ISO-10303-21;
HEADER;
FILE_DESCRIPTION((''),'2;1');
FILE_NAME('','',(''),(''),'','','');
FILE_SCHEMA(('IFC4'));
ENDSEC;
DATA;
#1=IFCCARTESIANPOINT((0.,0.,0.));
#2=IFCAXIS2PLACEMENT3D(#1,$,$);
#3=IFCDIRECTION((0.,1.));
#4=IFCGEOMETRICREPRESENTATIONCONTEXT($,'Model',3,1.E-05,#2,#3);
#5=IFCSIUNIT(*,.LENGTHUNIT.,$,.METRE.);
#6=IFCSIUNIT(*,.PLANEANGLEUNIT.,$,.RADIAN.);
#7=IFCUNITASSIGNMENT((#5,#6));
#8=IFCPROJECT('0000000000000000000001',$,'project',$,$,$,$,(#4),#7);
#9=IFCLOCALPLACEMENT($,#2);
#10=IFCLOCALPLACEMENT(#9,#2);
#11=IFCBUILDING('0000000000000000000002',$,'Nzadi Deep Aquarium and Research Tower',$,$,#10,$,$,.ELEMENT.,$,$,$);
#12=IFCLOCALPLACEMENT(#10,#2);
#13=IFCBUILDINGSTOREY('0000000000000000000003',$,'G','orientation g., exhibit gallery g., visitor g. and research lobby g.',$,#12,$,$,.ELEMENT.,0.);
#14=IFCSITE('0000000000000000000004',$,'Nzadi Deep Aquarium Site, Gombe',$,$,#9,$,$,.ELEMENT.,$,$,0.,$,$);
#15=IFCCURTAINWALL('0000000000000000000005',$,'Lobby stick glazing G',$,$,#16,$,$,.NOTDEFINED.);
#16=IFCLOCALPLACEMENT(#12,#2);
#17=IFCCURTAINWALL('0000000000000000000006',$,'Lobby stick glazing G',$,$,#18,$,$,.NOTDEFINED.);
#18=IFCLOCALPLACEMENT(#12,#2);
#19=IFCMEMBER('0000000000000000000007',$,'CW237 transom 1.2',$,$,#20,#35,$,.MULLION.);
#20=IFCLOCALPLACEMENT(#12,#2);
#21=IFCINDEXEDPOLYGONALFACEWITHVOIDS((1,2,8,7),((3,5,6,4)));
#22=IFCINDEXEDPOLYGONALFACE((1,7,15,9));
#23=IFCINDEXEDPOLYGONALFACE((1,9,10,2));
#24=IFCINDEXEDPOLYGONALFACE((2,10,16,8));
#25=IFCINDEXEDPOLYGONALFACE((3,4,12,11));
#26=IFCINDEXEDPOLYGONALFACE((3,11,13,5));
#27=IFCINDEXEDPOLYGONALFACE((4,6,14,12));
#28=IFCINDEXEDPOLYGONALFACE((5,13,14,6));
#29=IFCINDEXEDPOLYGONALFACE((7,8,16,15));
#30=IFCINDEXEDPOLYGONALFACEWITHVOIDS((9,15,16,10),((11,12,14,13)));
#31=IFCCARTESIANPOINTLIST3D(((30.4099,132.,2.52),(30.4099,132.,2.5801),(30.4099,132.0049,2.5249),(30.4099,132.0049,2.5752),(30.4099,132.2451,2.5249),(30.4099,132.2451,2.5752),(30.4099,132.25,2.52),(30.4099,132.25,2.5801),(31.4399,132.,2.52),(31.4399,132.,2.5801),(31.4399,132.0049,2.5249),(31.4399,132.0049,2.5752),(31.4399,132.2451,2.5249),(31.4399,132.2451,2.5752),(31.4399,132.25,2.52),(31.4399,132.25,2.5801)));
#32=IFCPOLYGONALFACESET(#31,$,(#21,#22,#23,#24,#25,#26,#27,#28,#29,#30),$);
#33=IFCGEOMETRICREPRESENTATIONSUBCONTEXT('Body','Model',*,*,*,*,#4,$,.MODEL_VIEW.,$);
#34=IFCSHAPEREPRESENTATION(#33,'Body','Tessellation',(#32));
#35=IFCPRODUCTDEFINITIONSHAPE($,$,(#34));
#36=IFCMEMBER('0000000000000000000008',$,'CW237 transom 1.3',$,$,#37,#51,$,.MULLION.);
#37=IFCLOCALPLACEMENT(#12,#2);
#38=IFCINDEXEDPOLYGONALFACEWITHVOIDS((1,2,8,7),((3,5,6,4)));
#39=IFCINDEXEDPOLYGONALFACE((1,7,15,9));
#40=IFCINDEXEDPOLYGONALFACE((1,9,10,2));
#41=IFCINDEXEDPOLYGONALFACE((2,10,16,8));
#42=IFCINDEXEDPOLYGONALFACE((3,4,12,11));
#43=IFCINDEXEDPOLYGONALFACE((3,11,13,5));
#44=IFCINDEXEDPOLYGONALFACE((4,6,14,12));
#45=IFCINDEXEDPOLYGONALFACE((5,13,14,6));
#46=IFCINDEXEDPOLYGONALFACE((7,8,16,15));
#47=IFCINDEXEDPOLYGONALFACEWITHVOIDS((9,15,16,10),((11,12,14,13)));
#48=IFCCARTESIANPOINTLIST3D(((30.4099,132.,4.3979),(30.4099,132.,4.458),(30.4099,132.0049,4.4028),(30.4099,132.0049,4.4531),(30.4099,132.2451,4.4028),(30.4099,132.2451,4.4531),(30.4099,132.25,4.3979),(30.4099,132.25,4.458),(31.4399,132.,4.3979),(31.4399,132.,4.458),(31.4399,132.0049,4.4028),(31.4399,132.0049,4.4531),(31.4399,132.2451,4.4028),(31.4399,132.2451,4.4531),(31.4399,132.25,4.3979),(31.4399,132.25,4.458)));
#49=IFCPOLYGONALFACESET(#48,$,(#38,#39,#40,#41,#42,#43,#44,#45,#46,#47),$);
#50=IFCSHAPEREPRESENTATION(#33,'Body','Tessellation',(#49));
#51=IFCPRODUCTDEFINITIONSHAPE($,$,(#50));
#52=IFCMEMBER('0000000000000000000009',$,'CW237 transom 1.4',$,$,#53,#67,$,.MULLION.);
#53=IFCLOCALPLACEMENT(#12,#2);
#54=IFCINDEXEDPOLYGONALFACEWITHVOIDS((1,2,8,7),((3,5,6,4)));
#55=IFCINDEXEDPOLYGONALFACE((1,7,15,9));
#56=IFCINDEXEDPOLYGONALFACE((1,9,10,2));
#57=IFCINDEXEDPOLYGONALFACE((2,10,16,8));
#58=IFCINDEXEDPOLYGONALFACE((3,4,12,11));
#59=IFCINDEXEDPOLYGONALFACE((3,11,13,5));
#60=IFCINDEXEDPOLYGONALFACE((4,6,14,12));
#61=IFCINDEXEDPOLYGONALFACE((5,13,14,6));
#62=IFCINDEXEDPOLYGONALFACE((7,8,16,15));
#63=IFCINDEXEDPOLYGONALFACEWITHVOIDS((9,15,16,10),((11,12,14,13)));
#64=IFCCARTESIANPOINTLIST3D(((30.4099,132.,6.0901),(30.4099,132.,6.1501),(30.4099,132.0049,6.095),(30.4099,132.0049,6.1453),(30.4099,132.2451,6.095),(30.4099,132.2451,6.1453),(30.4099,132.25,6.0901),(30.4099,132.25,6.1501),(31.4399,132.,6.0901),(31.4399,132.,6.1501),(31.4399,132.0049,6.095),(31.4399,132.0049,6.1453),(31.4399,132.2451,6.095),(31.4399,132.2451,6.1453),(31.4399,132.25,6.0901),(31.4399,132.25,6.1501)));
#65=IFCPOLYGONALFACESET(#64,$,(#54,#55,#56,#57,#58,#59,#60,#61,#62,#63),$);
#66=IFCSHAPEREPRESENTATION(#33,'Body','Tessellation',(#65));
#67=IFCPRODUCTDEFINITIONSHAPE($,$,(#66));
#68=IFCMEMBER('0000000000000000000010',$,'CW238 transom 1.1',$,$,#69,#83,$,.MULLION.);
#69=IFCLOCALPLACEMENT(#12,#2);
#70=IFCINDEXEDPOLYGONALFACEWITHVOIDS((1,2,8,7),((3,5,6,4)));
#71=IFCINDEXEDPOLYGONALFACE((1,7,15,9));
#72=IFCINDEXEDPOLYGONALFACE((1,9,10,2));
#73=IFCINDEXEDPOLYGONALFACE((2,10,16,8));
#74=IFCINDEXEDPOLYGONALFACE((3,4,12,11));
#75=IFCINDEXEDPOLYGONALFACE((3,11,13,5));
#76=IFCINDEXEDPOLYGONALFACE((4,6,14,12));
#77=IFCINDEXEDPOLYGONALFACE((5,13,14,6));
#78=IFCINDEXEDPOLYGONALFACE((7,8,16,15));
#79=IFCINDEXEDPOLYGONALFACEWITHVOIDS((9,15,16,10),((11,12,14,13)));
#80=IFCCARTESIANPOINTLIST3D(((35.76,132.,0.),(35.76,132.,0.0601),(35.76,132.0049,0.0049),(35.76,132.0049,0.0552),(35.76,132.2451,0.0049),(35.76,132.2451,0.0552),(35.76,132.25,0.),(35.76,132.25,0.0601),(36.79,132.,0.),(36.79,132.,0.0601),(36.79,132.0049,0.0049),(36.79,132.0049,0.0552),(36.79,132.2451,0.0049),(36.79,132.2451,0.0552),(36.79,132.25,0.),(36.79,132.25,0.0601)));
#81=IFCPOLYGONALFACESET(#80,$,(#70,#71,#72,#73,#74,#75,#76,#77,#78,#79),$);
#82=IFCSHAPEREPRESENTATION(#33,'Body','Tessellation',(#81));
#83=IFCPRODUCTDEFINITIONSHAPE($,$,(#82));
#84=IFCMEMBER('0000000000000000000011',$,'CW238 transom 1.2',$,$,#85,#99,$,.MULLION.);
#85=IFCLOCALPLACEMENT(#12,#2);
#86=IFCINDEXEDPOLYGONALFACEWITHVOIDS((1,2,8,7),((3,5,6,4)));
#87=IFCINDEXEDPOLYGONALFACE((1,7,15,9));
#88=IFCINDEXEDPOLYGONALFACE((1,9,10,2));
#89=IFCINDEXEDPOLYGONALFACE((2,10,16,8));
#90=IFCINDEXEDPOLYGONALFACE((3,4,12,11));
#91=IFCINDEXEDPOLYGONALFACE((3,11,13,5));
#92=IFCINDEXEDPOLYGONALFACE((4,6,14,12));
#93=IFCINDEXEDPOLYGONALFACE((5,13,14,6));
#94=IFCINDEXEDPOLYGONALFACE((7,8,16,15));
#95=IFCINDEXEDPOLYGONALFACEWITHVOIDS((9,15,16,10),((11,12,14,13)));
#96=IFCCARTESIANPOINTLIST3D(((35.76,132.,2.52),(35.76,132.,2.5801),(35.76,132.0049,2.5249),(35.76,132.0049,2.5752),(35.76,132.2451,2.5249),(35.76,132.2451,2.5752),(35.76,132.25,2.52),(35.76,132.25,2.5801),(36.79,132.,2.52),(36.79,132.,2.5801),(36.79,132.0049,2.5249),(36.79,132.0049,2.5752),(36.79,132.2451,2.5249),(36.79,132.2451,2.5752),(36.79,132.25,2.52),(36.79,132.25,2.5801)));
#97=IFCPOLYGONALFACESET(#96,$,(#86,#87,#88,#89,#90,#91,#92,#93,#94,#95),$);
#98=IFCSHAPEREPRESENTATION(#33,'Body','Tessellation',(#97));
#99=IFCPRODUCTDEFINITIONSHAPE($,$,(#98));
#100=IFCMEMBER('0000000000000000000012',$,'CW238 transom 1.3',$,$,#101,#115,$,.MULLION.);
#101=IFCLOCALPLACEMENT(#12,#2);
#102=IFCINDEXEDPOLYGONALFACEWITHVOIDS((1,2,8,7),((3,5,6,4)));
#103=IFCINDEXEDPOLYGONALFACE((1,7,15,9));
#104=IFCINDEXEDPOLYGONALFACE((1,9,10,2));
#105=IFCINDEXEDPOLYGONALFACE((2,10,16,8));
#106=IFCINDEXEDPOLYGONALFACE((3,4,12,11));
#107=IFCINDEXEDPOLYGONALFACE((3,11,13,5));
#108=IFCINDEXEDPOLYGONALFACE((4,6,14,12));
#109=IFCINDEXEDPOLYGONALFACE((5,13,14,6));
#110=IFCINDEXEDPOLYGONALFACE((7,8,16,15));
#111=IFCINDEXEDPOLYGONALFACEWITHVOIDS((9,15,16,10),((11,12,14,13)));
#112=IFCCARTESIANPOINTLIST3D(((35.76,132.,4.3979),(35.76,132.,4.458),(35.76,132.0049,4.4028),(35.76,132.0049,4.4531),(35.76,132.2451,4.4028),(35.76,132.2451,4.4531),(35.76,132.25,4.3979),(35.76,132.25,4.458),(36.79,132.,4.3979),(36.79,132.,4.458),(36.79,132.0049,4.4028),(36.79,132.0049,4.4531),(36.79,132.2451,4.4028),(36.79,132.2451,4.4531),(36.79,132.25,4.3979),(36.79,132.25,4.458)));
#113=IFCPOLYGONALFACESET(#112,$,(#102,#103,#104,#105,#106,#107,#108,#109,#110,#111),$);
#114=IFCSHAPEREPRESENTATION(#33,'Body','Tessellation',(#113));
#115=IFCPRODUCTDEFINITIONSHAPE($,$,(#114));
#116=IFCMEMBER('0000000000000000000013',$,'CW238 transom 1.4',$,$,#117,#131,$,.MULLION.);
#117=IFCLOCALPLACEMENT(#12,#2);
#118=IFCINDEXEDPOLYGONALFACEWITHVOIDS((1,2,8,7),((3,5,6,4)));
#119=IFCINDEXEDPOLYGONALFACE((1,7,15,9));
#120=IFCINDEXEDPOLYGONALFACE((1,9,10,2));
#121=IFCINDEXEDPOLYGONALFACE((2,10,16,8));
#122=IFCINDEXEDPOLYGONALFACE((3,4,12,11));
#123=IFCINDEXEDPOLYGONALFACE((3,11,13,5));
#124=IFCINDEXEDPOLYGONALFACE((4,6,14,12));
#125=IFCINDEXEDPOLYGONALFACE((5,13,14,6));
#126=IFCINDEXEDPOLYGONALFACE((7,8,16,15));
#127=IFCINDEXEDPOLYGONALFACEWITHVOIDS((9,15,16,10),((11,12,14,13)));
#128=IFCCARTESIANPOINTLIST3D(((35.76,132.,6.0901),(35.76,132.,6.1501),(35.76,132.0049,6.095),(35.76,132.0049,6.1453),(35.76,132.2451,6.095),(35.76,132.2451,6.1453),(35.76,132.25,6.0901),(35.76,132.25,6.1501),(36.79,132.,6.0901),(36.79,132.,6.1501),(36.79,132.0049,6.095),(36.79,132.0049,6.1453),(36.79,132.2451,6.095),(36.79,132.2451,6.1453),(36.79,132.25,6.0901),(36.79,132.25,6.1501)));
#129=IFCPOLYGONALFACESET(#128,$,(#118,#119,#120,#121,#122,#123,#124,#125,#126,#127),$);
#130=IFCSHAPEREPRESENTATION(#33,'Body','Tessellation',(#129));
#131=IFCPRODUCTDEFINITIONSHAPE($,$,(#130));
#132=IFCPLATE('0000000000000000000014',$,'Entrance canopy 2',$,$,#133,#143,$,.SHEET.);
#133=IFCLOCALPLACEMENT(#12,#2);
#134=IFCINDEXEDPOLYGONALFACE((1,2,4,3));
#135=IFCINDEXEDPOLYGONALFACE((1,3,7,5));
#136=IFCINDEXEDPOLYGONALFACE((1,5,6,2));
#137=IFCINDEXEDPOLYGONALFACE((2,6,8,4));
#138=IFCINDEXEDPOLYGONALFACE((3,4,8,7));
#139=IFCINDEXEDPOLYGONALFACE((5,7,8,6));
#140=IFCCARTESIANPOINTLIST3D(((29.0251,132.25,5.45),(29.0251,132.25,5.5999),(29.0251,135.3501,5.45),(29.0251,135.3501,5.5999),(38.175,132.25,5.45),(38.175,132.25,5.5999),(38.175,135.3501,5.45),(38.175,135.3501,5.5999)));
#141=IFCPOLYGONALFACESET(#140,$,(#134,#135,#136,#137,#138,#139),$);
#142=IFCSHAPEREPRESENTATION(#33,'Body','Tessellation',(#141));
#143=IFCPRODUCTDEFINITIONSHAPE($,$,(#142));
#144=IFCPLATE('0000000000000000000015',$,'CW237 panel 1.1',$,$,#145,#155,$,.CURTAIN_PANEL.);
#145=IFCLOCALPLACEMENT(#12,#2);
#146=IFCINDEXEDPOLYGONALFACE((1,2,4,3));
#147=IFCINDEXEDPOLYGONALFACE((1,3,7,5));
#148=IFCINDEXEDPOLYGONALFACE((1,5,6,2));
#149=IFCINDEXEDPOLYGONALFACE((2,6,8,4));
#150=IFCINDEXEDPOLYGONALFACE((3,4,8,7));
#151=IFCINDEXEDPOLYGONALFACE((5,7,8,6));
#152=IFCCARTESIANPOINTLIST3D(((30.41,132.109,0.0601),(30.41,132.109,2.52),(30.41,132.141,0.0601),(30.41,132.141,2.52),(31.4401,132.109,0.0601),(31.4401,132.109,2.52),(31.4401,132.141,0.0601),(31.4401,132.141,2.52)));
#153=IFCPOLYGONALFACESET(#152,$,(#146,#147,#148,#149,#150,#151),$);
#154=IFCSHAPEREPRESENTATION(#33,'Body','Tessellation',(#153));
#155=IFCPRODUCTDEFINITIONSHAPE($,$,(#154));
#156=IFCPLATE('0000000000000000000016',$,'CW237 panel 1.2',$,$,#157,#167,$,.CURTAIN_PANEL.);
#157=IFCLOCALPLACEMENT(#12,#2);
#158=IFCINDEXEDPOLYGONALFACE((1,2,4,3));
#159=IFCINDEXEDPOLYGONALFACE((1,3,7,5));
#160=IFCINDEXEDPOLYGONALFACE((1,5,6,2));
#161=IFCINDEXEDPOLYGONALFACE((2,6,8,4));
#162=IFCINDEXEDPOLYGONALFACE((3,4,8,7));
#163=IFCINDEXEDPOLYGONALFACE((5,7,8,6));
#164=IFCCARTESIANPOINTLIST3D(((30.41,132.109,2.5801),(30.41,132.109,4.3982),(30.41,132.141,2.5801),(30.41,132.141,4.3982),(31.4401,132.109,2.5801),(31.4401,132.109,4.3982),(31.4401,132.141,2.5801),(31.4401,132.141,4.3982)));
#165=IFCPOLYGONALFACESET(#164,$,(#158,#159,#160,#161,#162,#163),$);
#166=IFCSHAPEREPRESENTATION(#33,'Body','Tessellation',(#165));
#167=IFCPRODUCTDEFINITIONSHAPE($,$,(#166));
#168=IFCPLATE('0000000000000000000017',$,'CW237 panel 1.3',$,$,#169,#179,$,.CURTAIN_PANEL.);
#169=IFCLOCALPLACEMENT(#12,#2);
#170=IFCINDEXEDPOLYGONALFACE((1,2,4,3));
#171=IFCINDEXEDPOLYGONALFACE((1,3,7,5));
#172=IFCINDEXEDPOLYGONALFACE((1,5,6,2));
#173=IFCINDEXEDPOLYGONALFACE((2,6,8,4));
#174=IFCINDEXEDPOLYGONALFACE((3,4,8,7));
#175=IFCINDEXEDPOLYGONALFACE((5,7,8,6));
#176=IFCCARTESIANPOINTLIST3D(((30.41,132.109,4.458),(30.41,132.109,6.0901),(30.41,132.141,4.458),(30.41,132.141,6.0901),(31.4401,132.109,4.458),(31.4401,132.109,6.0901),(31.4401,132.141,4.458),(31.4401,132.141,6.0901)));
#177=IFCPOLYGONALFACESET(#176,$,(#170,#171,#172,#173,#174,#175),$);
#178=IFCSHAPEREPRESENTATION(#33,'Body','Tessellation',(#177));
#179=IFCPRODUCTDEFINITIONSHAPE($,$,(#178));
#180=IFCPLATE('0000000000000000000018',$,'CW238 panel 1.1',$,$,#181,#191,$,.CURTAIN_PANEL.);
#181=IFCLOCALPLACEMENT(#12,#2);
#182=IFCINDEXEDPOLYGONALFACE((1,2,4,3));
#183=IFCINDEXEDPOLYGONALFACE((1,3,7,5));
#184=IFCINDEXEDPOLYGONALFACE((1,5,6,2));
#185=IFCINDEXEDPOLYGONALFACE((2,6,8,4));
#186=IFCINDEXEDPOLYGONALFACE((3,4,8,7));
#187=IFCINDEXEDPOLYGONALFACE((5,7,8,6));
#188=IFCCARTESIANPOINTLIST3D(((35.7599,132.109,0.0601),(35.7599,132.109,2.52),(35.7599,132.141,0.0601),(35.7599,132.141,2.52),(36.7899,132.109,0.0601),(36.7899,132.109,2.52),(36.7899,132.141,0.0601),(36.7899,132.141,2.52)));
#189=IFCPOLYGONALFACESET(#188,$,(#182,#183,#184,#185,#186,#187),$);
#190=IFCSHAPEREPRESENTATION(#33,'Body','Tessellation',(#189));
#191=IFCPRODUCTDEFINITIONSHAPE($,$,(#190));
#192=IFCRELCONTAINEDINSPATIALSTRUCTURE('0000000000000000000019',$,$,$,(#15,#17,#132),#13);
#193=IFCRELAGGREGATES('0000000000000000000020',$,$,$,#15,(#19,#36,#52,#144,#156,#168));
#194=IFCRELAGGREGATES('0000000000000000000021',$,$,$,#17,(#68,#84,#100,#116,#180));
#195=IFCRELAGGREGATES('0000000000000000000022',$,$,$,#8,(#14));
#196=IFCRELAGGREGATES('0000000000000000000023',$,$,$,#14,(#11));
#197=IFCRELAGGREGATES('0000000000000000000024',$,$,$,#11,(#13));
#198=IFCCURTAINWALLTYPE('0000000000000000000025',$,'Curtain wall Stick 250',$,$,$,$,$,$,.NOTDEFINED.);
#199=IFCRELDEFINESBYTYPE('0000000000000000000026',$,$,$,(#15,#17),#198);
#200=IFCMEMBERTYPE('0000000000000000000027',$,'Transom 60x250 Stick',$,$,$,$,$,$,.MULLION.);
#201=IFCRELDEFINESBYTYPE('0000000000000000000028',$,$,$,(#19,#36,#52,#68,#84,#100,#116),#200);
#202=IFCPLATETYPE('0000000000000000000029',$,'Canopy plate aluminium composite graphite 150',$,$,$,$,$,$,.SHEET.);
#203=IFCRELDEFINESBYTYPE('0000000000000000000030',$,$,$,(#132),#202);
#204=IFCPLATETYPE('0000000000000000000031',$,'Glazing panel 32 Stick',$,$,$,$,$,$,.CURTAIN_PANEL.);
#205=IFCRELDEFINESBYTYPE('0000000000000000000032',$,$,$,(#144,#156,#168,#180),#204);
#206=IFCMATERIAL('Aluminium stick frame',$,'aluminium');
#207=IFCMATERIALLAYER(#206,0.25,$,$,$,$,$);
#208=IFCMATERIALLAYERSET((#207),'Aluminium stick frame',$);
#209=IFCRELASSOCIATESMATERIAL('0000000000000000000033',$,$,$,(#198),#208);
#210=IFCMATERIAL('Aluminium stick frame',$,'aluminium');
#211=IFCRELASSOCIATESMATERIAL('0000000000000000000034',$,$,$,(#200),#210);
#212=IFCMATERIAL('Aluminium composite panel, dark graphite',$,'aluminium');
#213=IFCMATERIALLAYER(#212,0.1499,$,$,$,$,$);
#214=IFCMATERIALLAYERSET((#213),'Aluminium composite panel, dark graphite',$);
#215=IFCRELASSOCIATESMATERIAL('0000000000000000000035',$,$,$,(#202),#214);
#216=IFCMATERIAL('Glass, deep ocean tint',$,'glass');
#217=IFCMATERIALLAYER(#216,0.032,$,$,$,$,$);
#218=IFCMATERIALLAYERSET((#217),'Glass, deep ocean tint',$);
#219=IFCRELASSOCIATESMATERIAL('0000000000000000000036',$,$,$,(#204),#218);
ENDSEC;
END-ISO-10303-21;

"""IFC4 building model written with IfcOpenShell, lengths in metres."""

from ifc_helpers import new_model, si_unit, direction, frame, origin, origin_2d, place, context, subcontext, project, spatial, rectangle, hollow_rectangle, extrude, material, layer, layer_set, material_profile, profile_set, type_object, element, aggregate, save


model = new_model("IFC4")

# Units and contexts
model_context = context("Model", 3, precision=1e-05, world=origin(), true_north=direction((0.0, 1.0)))
body_context = subcontext(model_context, "Body", "Model", "MODEL_VIEW")
ifc_project = project(units=[si_unit("LENGTHUNIT", "METRE"), si_unit("PLANEANGLEUNIT", "RADIAN")], contexts=[model_context])

# Site, building, storey
site_placement = place(None, origin())
site = spatial("IfcSite", under=ifc_project, at=site_placement, Name="Nzadi Deep Aquarium Site, Gombe", CompositionType="ELEMENT", RefElevation=0.0)
building_placement = place(site_placement, origin())
building = spatial("IfcBuilding", under=site, at=building_placement, Name="Nzadi Deep Aquarium and Research Tower", CompositionType="ELEMENT")
storey_placement = place(building_placement, origin())
storey = spatial("IfcBuildingStorey", under=building, at=storey_placement, Name="G", Description="orientation g., exhibit gallery g., visitor g. and research lobby g.", CompositionType="ELEMENT", Elevation=0.0)

# Curtain walls
ifc_material_1 = material(Name="Aluminium stick frame", Category="aluminium")
ifc_layer_1 = layer(ifc_material_1, 0.25)
ifc_layer_set_1 = layer_set([ifc_layer_1], Name="Aluminium stick frame")
curtain_wall_type = type_object("IfcCurtainWallType", Name="Curtain wall Stick 250", PredefinedType="NOTDEFINED", material=ifc_layer_set_1)
curtain_wall_1_placement = place(storey_placement, origin())
curtain_wall_1 = element("IfcCurtainWall", 1, at=curtain_wall_1_placement, inside=storey, type_object=curtain_wall_type, Name="Lobby stick glazing G", PredefinedType="NOTDEFINED")
curtain_wall_2_placement = place(storey_placement, origin())
curtain_wall_2 = element("IfcCurtainWall", 2, at=curtain_wall_2_placement, inside=storey, type_object=curtain_wall_type, Name="Lobby stick glazing G", PredefinedType="NOTDEFINED")

# Members
ifc_material_2 = material(Name="Aluminium stick frame", Category="aluminium")
ifc_material_profile_1 = material_profile(ifc_material_2, hollow_rectangle(XDim=0.25, YDim=0.0601, WallThickness=0.0049, at=origin_2d()))
ifc_profile_set_1 = profile_set([ifc_material_profile_1], Name="Aluminium stick frame")
member_type_1 = type_object("IfcMemberType", Name="Transom 60x250 Stick", PredefinedType="MULLION", material=ifc_profile_set_1)
member_1_placement = place(storey_placement, frame((30.4099, 132.125, 2.55), z_axis=(1.0, 0.0, 0.0), x_axis=(0.0, 1.0, 0.0)))
member_1 = element("IfcMember", 3, at=member_1_placement, type_object=member_type_1, Name="CW237 transom 1.2", PredefinedType="MULLION", context=body_context, shape_type="SweptSolid", body=[
    extrude(hollow_rectangle(XDim=0.25, YDim=0.0601, WallThickness=0.0049, at=origin_2d()), origin(), (0.0, 0.0, 1.0), 1.03),
])
member_2_placement = place(storey_placement, frame((30.4099, 132.125, 4.428), z_axis=(1.0, 0.0, 0.0), x_axis=(0.0, 1.0, 0.0)))
member_2 = element("IfcMember", 4, at=member_2_placement, type_object=member_type_1, Name="CW237 transom 1.3", PredefinedType="MULLION", context=body_context, shape_type="SweptSolid", body=[
    extrude(hollow_rectangle(XDim=0.25, YDim=0.0601, WallThickness=0.0049, at=origin_2d()), origin(), (0.0, 0.0, 1.0), 1.03),
])
member_3_placement = place(storey_placement, frame((30.4099, 132.125, 6.1201), z_axis=(1.0, 0.0, 0.0), x_axis=(0.0, 1.0, 0.0)))
member_3 = element("IfcMember", 5, at=member_3_placement, type_object=member_type_1, Name="CW237 transom 1.4", PredefinedType="MULLION", context=body_context, shape_type="SweptSolid", body=[
    extrude(hollow_rectangle(XDim=0.25, YDim=0.0601, WallThickness=0.0049, at=origin_2d()), origin(), (0.0, 0.0, 1.0), 1.03),
])
member_4_placement = place(storey_placement, frame((35.76, 132.125, 0.03), z_axis=(1.0, 0.0, 0.0), x_axis=(0.0, 1.0, 0.0)))
member_4 = element("IfcMember", 6, at=member_4_placement, type_object=member_type_1, Name="CW238 transom 1.1", PredefinedType="MULLION", context=body_context, shape_type="SweptSolid", body=[
    extrude(hollow_rectangle(XDim=0.25, YDim=0.0601, WallThickness=0.0049, at=origin_2d()), origin(), (0.0, 0.0, 1.0), 1.03),
])
member_5_placement = place(storey_placement, frame((35.76, 132.125, 2.55), z_axis=(1.0, 0.0, 0.0), x_axis=(0.0, 1.0, 0.0)))
member_5 = element("IfcMember", 7, at=member_5_placement, type_object=member_type_1, Name="CW238 transom 1.2", PredefinedType="MULLION", context=body_context, shape_type="SweptSolid", body=[
    extrude(hollow_rectangle(XDim=0.25, YDim=0.0601, WallThickness=0.0049, at=origin_2d()), origin(), (0.0, 0.0, 1.0), 1.03),
])
member_6_placement = place(storey_placement, frame((35.76, 132.125, 4.428), z_axis=(1.0, 0.0, 0.0), x_axis=(0.0, 1.0, 0.0)))
member_6 = element("IfcMember", 8, at=member_6_placement, type_object=member_type_1, Name="CW238 transom 1.3", PredefinedType="MULLION", context=body_context, shape_type="SweptSolid", body=[
    extrude(hollow_rectangle(XDim=0.25, YDim=0.0601, WallThickness=0.0049, at=origin_2d()), origin(), (0.0, 0.0, 1.0), 1.03),
])
member_7_placement = place(storey_placement, frame((35.76, 132.125, 6.1201), z_axis=(1.0, 0.0, 0.0), x_axis=(0.0, 1.0, 0.0)))
member_7 = element("IfcMember", 9, at=member_7_placement, type_object=member_type_1, Name="CW238 transom 1.4", PredefinedType="MULLION", context=body_context, shape_type="SweptSolid", body=[
    extrude(hollow_rectangle(XDim=0.25, YDim=0.0601, WallThickness=0.0049, at=origin_2d()), origin(), (0.0, 0.0, 1.0), 1.03),
])

# Plates
ifc_material_3 = material(Name="Aluminium composite panel, dark graphite", Category="aluminium")
ifc_layer_2 = layer(ifc_material_3, 0.1499)
ifc_layer_set_2 = layer_set([ifc_layer_2], Name="Aluminium composite panel, dark graphite")
plate_type_1 = type_object("IfcPlateType", Name="Canopy plate aluminium composite graphite 150", PredefinedType="SHEET", material=ifc_layer_set_2)
plate_1_placement = place(storey_placement, frame((33.6001, 133.8, 5.45), z_axis=(0.0, 0.0, 1.0), x_axis=(1.0, 0.0, 0.0)))
element("IfcPlate", 10, at=plate_1_placement, inside=storey, type_object=plate_type_1, Name="Entrance canopy 2", PredefinedType="SHEET", context=body_context, shape_type="SweptSolid", body=[
    extrude(rectangle(XDim=9.1499, YDim=3.1001, at=origin_2d()), origin(), (0.0, 0.0, 1.0), 0.1499),
])
ifc_material_4 = material(Name="Glass, deep ocean tint", Category="glass")
ifc_layer_3 = layer(ifc_material_4, 0.032)
ifc_layer_set_3 = layer_set([ifc_layer_3], Name="Glass, deep ocean tint")
plate_type_2 = type_object("IfcPlateType", Name="Glazing panel 32 Stick", PredefinedType="CURTAIN_PANEL", material=ifc_layer_set_3)
plate_2_placement = place(storey_placement, frame((30.925, 132.125, 0.0601), z_axis=(0.0, 0.0, 1.0), x_axis=(1.0, 0.0, 0.0)))
plate_2 = element("IfcPlate", 11, at=plate_2_placement, type_object=plate_type_2, Name="CW237 panel 1.1", PredefinedType="CURTAIN_PANEL", context=body_context, shape_type="SweptSolid", body=[
    extrude(rectangle(XDim=1.03, YDim=0.032, at=origin_2d()), origin(), (0.0, 0.0, 1.0), 2.46),
])
plate_3_placement = place(storey_placement, frame((30.925, 132.125, 2.5801), z_axis=(0.0, 0.0, 1.0), x_axis=(1.0, 0.0, 0.0)))
plate_3 = element("IfcPlate", 12, at=plate_3_placement, type_object=plate_type_2, Name="CW237 panel 1.2", PredefinedType="CURTAIN_PANEL", context=body_context, shape_type="SweptSolid", body=[
    extrude(rectangle(XDim=1.03, YDim=0.032, at=origin_2d()), origin(), (0.0, 0.0, 1.0), 1.8181),
])
plate_4_placement = place(storey_placement, frame((30.925, 132.125, 4.458), z_axis=(0.0, 0.0, 1.0), x_axis=(1.0, 0.0, 0.0)))
plate_4 = element("IfcPlate", 13, at=plate_4_placement, type_object=plate_type_2, Name="CW237 panel 1.3", PredefinedType="CURTAIN_PANEL", context=body_context, shape_type="SweptSolid", body=[
    extrude(rectangle(XDim=1.03, YDim=0.032, at=origin_2d()), origin(), (0.0, 0.0, 1.0), 1.6321),
])
aggregate(curtain_wall_1, [member_1, member_2, member_3, plate_2, plate_3, plate_4])
plate_5_placement = place(storey_placement, frame((36.2749, 132.125, 0.0601), z_axis=(0.0, 0.0, 1.0), x_axis=(1.0, 0.0, 0.0)))
plate_5 = element("IfcPlate", 14, at=plate_5_placement, type_object=plate_type_2, Name="CW238 panel 1.1", PredefinedType="CURTAIN_PANEL", context=body_context, shape_type="SweptSolid", body=[
    extrude(rectangle(XDim=1.03, YDim=0.032, at=origin_2d()), origin(), (0.0, 0.0, 1.0), 2.46),
])
aggregate(curtain_wall_2, [member_4, member_5, member_6, member_7, plate_5])

save(model, "model.ifc")
